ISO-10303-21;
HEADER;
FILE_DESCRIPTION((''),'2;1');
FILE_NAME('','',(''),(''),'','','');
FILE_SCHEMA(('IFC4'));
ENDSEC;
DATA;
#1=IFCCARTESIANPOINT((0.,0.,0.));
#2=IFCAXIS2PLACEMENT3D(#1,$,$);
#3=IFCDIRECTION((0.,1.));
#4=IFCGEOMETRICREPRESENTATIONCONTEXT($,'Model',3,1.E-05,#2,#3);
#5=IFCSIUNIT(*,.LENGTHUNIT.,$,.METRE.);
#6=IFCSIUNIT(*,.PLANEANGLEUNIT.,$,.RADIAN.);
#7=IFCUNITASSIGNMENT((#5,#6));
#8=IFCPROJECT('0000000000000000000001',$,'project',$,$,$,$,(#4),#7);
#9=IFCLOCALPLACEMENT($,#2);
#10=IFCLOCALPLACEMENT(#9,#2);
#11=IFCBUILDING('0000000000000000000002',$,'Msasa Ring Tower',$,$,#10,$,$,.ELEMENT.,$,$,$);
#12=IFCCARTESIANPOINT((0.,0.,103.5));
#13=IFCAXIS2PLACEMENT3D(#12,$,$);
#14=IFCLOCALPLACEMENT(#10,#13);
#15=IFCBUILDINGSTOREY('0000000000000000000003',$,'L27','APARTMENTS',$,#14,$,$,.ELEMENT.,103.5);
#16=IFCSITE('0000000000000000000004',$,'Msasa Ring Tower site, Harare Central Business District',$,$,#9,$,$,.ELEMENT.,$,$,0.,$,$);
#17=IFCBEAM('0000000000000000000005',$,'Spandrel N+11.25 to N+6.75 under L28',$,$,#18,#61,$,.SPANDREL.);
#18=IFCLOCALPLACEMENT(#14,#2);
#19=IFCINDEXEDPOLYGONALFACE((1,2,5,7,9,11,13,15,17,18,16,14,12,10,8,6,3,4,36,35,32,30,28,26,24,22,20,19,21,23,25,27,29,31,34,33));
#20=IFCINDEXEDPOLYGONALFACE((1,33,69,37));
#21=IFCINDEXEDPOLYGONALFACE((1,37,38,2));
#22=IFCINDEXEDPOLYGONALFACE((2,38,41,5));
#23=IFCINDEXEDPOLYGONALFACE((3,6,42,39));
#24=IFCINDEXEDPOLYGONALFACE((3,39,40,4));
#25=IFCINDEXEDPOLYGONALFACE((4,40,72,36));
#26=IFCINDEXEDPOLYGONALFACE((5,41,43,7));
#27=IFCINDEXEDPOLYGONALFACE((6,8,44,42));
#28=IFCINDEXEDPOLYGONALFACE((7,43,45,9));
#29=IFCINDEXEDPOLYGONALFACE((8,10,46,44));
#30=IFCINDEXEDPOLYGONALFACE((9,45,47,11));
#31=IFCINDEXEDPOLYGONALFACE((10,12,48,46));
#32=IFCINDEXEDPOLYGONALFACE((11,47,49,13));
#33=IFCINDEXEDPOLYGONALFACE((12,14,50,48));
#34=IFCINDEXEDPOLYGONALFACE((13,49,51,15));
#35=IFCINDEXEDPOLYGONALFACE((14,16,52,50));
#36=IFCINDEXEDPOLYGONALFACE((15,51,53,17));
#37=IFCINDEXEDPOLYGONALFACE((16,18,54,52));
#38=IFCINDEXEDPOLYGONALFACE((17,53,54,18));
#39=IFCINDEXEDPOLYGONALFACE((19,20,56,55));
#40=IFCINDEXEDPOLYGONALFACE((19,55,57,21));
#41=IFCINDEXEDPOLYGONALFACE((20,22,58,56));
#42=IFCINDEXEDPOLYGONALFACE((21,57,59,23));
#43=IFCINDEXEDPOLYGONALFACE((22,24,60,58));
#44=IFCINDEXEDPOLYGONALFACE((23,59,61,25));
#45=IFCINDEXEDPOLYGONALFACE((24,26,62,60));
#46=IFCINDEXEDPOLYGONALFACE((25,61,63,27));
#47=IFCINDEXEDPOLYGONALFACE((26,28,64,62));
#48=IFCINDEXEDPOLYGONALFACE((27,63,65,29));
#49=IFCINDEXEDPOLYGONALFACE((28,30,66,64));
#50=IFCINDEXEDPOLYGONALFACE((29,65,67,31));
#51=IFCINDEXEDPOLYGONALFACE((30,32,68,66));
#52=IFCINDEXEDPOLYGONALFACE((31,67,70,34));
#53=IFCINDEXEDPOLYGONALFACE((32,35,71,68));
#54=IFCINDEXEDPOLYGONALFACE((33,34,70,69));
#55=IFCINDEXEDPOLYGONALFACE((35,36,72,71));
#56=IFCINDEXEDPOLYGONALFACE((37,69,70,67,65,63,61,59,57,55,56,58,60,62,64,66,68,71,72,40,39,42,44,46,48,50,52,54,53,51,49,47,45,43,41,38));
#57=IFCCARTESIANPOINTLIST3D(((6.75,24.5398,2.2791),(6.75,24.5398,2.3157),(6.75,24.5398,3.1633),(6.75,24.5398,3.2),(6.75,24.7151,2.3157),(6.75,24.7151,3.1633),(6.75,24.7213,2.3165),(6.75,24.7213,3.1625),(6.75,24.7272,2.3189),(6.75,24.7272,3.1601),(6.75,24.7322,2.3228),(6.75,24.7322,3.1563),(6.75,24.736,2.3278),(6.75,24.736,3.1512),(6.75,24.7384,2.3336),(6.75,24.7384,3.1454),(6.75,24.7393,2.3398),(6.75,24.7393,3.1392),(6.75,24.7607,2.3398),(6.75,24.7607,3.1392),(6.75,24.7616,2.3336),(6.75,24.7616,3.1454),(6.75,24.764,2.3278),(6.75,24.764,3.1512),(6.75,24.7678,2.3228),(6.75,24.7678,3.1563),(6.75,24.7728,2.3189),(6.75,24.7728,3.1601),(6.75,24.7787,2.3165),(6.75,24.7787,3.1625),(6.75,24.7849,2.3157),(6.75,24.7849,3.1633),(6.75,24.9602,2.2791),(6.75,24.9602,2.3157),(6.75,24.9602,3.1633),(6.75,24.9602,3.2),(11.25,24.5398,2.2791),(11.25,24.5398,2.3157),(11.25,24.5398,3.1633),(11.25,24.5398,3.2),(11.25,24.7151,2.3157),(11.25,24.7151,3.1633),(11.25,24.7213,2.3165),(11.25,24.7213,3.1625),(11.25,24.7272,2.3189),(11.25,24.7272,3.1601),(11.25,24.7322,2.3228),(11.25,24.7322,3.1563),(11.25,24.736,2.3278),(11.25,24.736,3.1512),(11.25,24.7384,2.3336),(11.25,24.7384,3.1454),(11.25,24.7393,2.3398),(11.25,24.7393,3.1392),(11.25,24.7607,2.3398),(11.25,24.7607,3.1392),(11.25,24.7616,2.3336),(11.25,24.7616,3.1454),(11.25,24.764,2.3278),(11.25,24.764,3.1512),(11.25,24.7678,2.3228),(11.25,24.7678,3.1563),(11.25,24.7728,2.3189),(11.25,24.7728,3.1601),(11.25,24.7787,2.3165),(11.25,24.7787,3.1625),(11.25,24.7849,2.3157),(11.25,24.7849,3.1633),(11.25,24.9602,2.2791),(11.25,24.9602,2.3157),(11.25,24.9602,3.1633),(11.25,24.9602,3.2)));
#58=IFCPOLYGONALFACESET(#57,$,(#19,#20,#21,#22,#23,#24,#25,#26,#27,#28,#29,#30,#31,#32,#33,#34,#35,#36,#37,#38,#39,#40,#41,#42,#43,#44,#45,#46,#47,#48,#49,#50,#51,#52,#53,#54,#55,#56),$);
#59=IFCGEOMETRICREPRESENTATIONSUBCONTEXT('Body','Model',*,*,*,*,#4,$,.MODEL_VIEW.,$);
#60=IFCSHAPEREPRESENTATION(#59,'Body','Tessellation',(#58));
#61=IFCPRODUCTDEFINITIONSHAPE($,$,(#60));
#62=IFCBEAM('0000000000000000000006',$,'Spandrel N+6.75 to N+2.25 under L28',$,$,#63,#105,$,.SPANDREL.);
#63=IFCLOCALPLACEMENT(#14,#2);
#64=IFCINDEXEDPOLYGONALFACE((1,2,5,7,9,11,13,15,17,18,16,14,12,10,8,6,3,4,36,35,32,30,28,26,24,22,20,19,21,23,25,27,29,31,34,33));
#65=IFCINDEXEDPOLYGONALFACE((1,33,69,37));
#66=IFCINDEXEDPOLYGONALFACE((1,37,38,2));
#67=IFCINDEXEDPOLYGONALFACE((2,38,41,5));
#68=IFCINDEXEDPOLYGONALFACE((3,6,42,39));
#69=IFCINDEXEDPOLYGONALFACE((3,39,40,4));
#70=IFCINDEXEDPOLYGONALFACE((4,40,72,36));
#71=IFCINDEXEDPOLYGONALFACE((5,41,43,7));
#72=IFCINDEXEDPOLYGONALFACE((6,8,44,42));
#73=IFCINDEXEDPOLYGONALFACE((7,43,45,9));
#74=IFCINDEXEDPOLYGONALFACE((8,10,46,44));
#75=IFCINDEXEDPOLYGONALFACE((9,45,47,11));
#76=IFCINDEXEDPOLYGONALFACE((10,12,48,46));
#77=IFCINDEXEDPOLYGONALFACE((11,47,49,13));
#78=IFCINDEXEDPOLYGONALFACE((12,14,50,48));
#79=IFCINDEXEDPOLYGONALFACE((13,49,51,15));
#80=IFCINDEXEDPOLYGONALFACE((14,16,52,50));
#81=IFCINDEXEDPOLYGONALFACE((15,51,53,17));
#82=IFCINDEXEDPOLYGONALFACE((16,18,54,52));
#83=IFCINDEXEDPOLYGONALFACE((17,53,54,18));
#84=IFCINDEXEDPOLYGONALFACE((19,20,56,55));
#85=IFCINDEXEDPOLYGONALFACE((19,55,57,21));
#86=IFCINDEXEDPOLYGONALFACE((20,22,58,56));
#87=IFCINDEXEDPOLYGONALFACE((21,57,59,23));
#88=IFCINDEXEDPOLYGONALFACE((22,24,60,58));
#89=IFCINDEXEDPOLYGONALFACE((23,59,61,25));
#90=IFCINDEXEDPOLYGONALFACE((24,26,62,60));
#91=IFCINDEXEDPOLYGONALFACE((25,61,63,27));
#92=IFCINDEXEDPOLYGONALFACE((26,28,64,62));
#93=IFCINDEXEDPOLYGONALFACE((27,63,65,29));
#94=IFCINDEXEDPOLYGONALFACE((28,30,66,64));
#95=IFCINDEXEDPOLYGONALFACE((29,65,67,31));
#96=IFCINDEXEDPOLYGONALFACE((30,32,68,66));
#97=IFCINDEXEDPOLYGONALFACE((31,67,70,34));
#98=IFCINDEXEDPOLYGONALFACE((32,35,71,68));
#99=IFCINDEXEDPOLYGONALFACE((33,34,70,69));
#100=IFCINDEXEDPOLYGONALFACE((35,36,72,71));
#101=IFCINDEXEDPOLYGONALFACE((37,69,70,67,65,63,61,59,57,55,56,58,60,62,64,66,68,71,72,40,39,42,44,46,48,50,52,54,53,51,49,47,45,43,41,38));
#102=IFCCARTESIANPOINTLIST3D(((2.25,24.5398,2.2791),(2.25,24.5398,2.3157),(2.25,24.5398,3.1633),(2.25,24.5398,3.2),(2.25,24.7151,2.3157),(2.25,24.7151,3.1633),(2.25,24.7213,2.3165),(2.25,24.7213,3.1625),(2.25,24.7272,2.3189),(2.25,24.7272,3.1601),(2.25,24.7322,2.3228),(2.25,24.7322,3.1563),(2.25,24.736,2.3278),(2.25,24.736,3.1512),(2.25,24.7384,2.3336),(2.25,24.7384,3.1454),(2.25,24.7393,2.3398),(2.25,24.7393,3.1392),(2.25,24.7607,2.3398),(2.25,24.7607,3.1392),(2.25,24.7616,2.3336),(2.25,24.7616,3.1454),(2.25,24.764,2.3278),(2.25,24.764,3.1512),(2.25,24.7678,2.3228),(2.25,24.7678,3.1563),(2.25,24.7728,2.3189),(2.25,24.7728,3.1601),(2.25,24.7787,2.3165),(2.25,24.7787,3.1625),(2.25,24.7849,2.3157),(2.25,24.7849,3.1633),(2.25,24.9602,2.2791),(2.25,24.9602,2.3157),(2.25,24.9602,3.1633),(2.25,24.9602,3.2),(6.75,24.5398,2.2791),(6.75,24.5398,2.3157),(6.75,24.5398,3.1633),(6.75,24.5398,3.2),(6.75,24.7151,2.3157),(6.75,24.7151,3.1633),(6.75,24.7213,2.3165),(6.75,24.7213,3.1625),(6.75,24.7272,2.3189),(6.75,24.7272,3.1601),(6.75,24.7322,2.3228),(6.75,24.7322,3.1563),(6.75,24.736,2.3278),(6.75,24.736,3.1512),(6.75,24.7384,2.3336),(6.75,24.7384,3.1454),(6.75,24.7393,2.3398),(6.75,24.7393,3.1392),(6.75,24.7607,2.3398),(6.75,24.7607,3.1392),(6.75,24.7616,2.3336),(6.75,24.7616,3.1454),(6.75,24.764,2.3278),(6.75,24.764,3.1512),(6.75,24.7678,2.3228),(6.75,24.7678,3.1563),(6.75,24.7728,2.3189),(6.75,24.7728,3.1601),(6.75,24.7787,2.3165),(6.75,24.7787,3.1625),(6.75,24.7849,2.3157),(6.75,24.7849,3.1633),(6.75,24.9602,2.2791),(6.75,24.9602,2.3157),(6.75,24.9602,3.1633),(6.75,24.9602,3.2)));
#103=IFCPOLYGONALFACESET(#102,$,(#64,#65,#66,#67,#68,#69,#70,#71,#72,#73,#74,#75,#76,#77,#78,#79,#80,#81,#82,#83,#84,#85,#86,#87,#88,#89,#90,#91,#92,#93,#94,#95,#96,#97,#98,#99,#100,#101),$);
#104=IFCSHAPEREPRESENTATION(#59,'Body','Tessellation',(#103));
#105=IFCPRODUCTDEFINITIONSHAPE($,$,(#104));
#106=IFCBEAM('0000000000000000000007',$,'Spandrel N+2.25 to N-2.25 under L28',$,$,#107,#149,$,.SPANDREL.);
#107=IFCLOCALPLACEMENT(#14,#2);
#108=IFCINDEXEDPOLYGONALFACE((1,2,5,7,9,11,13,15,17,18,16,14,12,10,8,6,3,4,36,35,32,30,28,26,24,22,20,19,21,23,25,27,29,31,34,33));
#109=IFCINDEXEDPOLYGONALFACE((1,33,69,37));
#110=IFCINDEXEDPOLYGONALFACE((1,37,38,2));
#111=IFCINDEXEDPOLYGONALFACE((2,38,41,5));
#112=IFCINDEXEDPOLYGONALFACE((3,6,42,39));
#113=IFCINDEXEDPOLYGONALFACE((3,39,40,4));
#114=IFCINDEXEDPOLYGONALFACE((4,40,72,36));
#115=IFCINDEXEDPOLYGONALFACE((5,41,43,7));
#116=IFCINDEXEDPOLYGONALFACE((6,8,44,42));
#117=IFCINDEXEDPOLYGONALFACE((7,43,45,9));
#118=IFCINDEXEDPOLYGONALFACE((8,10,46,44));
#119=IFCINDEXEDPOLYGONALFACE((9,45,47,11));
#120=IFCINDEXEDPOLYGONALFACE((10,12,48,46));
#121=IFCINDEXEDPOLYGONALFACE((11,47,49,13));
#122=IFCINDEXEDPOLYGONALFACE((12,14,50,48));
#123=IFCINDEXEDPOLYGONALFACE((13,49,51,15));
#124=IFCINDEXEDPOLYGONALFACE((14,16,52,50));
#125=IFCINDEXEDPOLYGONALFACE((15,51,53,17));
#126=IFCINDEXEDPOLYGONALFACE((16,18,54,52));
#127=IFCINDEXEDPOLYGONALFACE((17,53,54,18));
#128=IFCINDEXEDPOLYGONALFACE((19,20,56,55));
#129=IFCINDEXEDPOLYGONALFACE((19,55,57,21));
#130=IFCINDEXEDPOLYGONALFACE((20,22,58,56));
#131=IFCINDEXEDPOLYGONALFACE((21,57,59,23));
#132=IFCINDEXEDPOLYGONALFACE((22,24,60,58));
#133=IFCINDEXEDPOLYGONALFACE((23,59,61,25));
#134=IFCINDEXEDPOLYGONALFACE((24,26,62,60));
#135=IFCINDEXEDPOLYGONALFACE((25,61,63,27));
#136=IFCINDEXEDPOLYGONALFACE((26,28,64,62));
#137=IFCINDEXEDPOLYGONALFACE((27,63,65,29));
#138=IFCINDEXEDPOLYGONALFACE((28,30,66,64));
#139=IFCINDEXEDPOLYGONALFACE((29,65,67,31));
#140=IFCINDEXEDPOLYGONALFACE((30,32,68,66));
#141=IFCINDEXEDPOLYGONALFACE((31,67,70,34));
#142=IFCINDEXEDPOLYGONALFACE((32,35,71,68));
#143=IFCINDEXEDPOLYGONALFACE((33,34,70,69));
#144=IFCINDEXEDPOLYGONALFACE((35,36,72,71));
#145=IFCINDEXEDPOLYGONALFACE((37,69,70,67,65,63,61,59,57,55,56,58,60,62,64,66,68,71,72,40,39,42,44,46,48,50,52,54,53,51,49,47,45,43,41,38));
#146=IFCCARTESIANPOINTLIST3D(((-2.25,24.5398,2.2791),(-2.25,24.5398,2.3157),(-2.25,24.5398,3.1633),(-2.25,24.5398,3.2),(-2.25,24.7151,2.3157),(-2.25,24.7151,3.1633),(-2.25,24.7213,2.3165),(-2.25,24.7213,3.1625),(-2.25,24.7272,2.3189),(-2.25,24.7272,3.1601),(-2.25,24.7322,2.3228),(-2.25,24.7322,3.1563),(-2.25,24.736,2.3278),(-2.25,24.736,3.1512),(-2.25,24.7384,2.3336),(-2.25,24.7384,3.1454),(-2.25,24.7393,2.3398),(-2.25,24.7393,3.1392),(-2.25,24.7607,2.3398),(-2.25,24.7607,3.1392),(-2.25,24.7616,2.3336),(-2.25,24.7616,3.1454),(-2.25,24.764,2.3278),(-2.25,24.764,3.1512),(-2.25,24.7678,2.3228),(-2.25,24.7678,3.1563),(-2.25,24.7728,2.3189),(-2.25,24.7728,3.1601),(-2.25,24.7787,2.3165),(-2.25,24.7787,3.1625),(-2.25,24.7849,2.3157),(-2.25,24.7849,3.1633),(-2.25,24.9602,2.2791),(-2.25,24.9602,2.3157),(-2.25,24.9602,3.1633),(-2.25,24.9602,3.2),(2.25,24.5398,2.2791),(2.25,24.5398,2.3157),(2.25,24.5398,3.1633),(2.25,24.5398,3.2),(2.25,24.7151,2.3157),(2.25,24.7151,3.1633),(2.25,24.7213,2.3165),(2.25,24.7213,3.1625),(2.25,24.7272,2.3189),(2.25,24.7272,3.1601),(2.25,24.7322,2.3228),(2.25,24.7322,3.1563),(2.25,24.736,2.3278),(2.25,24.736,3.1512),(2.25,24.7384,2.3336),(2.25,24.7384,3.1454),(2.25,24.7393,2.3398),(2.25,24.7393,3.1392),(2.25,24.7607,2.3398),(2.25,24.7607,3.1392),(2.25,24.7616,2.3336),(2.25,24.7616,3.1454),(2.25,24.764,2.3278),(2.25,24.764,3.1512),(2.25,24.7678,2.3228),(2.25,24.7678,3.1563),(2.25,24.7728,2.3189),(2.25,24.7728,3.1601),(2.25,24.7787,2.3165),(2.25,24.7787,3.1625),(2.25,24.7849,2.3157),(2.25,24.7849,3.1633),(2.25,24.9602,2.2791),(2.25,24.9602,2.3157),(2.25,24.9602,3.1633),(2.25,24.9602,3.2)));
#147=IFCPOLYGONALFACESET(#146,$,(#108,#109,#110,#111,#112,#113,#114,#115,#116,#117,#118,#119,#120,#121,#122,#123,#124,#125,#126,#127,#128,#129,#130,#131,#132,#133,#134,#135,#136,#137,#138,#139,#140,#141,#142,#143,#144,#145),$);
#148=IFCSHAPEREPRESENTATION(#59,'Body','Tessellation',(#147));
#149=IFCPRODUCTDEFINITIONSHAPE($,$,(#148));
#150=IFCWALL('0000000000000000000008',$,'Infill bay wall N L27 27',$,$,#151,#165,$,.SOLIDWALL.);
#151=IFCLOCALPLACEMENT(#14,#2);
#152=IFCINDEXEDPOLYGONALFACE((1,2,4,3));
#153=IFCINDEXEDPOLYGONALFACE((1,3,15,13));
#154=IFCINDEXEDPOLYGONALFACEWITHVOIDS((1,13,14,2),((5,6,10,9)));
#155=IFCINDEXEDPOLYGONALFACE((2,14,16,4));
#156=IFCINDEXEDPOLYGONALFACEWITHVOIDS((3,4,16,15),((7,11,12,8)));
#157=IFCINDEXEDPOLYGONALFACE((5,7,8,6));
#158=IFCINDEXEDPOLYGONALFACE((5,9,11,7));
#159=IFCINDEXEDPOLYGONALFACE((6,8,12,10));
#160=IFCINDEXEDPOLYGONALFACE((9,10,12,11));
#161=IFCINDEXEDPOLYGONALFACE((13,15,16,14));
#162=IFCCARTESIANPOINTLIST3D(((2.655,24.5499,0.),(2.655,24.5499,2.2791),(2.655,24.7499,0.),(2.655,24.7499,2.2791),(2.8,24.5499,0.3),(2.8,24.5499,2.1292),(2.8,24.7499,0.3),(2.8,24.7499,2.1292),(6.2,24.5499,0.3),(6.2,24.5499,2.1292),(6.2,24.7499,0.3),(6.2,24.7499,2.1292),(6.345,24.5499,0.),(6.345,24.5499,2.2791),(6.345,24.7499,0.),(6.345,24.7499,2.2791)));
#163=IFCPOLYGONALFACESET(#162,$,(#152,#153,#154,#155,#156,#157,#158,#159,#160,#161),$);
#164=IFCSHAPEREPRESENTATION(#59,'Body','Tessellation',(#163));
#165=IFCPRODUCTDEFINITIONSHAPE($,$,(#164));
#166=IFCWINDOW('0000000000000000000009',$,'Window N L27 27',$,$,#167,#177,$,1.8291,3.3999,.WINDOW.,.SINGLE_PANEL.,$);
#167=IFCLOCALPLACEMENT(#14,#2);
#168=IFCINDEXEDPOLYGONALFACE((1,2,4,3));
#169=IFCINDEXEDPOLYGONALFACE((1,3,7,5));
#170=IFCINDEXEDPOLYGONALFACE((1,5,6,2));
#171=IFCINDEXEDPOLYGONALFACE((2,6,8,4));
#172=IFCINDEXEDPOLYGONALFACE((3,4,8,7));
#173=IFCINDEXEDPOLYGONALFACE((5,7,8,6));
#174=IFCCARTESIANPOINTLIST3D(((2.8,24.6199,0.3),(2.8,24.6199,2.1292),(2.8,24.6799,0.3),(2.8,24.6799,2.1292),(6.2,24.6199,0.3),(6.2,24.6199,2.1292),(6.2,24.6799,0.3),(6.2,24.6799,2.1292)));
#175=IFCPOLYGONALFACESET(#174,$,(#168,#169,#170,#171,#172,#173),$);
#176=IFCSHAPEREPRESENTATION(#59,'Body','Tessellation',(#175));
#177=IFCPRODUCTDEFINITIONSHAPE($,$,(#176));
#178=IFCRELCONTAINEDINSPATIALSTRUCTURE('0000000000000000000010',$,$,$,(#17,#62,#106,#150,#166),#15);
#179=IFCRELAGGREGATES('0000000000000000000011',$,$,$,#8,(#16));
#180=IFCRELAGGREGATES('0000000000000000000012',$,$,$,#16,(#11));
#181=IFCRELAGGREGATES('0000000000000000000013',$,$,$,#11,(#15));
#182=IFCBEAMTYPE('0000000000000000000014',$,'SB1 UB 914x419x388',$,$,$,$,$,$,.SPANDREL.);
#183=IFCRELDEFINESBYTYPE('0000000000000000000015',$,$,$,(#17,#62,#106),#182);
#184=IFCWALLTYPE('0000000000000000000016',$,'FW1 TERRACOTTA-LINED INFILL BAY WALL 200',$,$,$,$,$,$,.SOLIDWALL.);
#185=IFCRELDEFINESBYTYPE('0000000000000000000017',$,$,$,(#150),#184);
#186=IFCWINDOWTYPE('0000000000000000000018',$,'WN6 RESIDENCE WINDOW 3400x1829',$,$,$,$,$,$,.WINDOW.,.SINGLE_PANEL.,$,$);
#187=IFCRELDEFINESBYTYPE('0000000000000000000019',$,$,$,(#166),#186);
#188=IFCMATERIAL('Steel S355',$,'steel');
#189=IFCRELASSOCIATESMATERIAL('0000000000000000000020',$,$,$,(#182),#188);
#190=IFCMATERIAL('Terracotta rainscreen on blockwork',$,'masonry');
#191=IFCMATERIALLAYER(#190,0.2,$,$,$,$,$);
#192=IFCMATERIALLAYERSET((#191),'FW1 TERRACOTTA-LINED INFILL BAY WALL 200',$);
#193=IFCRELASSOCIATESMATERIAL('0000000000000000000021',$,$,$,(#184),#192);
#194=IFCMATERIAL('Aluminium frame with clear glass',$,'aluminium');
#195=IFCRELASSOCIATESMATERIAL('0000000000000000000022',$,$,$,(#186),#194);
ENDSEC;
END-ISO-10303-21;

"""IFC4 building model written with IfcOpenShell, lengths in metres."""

from ifc_helpers import new_model, si_unit, direction, frame, frame_2d, origin, origin_2d, place, context, subcontext, project, spatial, rectangle, i_section, extrude, material, layer, layer_set, material_profile, profile_set, type_object, element, fill, save


model = new_model("IFC4")

# Units and contexts
model_context = context("Model", 3, precision=1e-05, world=origin(), true_north=direction((0.0, 1.0)))
body_context = subcontext(model_context, "Body", "Model", "MODEL_VIEW")
ifc_project = project(units=[si_unit("LENGTHUNIT", "METRE"), si_unit("PLANEANGLEUNIT", "RADIAN")], contexts=[model_context])

# Site, building, storey
site_placement = place(None, origin())
site = spatial("IfcSite", under=ifc_project, at=site_placement, Name="Msasa Ring Tower site, Harare Central Business District", CompositionType="ELEMENT", RefElevation=0.0)
building_placement = place(site_placement, origin())
building = spatial("IfcBuilding", under=site, at=building_placement, Name="Msasa Ring Tower", CompositionType="ELEMENT")
storey_placement = place(building_placement, frame((0.0, 0.0, 103.5)))
storey = spatial("IfcBuildingStorey", under=building, at=storey_placement, Name="L27", Description="APARTMENTS", CompositionType="ELEMENT", Elevation=103.5)

# Beams
ifc_material_1 = material(Name="Steel S355", Category="steel")
ifc_material_profile_1 = material_profile(ifc_material_1, i_section(OverallWidth=0.4204, OverallDepth=0.9209, WebThickness=0.0215, FlangeThickness=0.0366, FilletRadius=0.0242, at=origin_2d()), Name="UB 914x419x388")
ifc_profile_set_1 = profile_set([ifc_material_profile_1], Name="Steel S355")
beam_type_1 = type_object("IfcBeamType", Name="SB1 UB 914x419x388", PredefinedType="SPANDREL", material=ifc_profile_set_1)
for number, where, z_axis, x_axis, name in (
    (1, (11.25, 24.75, 2.7395), (-1.0, 0.0, 0.0), (0.0, -1.0, 0.0), "Spandrel N+11.25 to N+6.75 under L28"),
    (2, (6.75, 24.75, 2.7395), (-1.0, 0.0, 0.0), (0.0, -1.0, 0.0), "Spandrel N+6.75 to N+2.25 under L28"),
    (3, (2.25, 24.75, 2.7395), (-1.0, 0.0, 0.0), (0.0, -1.0, 0.0), "Spandrel N+2.25 to N-2.25 under L28"),
):
    element("IfcBeam", number, at=place(storey_placement, frame(where, z_axis=z_axis, x_axis=x_axis)), inside=storey, type_object=beam_type_1, Name=name, PredefinedType="SPANDREL", context=body_context, shape_type="SweptSolid", body=[
        extrude(i_section(OverallWidth=0.4204, OverallDepth=0.9209, WebThickness=0.0215, FlangeThickness=0.0366, FilletRadius=0.0242, at=origin_2d()), origin(), (0.0, 0.0, 1.0), 4.5),
    ])

# Wall, opening, window
ifc_material_2 = material(Name="Terracotta rainscreen on blockwork", Category="masonry")
ifc_layer_1 = layer(ifc_material_2, 0.2)
ifc_layer_set_1 = layer_set([ifc_layer_1], Name="FW1 TERRACOTTA-LINED INFILL BAY WALL 200")
wall_type_1 = type_object("IfcWallType", Name="FW1 TERRACOTTA-LINED INFILL BAY WALL 200", PredefinedType="SOLIDWALL", material=ifc_layer_set_1)
wall_1_placement = place(storey_placement, frame((2.655, 24.6499, 0.0), z_axis=(0.0, 0.0, 1.0), x_axis=(1.0, 0.0, 0.0)))
wall_1 = element("IfcWall", 4, at=wall_1_placement, inside=storey, type_object=wall_type_1, Name="Infill bay wall N L27 27", PredefinedType="SOLIDWALL", context=body_context, shape_type="SweptSolid", body=[
    extrude(rectangle(XDim=3.6899, YDim=0.2, at=frame_2d((1.845, 0.0))), origin(), (0.0, 0.0, 1.0), 2.2791),
])
opening_1_placement = place(wall_1_placement, frame((0.145, 0.0, 0.3)))
opening_1 = element("IfcOpeningElement", 5, at=opening_1_placement, cuts=wall_1, PredefinedType="OPENING", context=body_context, shape_type="SweptSolid", body=[
    extrude(rectangle(XDim=3.3999, YDim=1.8291, at=frame_2d((1.7, 0.9146))), frame((0.0, 0.1099, 0.0), z_axis=(0.0, -1.0, 0.0), x_axis=(1.0, 0.0, 0.0)), (0.0, 0.0, 1.0), 0.22),
])
ifc_material_3 = material(Name="Aluminium frame with clear glass", Category="aluminium")
window_type = type_object("IfcWindowType", Name="WN6 RESIDENCE WINDOW 3400x1829", PartitioningType="SINGLE_PANEL", PredefinedType="WINDOW", material=ifc_material_3)
window_1_placement = place(opening_1_placement, origin())
window_1 = element("IfcWindow", 6, at=window_1_placement, inside=storey, type_object=window_type, Name="Window N L27 27", OverallHeight=1.8291, OverallWidth=3.3999, PartitioningType="SINGLE_PANEL", PredefinedType="WINDOW", context=body_context, shape_type="SweptSolid", body=[
    extrude(rectangle(XDim=3.3999, YDim=1.8291, at=frame_2d((1.7, 0.9146))), frame((0.0, 0.03, 0.0), z_axis=(0.0, -1.0, 0.0), x_axis=(1.0, 0.0, 0.0)), (0.0, 0.0, 1.0), 0.0601),
])
fill(opening_1, window_1)

save(model, "model.ifc")
